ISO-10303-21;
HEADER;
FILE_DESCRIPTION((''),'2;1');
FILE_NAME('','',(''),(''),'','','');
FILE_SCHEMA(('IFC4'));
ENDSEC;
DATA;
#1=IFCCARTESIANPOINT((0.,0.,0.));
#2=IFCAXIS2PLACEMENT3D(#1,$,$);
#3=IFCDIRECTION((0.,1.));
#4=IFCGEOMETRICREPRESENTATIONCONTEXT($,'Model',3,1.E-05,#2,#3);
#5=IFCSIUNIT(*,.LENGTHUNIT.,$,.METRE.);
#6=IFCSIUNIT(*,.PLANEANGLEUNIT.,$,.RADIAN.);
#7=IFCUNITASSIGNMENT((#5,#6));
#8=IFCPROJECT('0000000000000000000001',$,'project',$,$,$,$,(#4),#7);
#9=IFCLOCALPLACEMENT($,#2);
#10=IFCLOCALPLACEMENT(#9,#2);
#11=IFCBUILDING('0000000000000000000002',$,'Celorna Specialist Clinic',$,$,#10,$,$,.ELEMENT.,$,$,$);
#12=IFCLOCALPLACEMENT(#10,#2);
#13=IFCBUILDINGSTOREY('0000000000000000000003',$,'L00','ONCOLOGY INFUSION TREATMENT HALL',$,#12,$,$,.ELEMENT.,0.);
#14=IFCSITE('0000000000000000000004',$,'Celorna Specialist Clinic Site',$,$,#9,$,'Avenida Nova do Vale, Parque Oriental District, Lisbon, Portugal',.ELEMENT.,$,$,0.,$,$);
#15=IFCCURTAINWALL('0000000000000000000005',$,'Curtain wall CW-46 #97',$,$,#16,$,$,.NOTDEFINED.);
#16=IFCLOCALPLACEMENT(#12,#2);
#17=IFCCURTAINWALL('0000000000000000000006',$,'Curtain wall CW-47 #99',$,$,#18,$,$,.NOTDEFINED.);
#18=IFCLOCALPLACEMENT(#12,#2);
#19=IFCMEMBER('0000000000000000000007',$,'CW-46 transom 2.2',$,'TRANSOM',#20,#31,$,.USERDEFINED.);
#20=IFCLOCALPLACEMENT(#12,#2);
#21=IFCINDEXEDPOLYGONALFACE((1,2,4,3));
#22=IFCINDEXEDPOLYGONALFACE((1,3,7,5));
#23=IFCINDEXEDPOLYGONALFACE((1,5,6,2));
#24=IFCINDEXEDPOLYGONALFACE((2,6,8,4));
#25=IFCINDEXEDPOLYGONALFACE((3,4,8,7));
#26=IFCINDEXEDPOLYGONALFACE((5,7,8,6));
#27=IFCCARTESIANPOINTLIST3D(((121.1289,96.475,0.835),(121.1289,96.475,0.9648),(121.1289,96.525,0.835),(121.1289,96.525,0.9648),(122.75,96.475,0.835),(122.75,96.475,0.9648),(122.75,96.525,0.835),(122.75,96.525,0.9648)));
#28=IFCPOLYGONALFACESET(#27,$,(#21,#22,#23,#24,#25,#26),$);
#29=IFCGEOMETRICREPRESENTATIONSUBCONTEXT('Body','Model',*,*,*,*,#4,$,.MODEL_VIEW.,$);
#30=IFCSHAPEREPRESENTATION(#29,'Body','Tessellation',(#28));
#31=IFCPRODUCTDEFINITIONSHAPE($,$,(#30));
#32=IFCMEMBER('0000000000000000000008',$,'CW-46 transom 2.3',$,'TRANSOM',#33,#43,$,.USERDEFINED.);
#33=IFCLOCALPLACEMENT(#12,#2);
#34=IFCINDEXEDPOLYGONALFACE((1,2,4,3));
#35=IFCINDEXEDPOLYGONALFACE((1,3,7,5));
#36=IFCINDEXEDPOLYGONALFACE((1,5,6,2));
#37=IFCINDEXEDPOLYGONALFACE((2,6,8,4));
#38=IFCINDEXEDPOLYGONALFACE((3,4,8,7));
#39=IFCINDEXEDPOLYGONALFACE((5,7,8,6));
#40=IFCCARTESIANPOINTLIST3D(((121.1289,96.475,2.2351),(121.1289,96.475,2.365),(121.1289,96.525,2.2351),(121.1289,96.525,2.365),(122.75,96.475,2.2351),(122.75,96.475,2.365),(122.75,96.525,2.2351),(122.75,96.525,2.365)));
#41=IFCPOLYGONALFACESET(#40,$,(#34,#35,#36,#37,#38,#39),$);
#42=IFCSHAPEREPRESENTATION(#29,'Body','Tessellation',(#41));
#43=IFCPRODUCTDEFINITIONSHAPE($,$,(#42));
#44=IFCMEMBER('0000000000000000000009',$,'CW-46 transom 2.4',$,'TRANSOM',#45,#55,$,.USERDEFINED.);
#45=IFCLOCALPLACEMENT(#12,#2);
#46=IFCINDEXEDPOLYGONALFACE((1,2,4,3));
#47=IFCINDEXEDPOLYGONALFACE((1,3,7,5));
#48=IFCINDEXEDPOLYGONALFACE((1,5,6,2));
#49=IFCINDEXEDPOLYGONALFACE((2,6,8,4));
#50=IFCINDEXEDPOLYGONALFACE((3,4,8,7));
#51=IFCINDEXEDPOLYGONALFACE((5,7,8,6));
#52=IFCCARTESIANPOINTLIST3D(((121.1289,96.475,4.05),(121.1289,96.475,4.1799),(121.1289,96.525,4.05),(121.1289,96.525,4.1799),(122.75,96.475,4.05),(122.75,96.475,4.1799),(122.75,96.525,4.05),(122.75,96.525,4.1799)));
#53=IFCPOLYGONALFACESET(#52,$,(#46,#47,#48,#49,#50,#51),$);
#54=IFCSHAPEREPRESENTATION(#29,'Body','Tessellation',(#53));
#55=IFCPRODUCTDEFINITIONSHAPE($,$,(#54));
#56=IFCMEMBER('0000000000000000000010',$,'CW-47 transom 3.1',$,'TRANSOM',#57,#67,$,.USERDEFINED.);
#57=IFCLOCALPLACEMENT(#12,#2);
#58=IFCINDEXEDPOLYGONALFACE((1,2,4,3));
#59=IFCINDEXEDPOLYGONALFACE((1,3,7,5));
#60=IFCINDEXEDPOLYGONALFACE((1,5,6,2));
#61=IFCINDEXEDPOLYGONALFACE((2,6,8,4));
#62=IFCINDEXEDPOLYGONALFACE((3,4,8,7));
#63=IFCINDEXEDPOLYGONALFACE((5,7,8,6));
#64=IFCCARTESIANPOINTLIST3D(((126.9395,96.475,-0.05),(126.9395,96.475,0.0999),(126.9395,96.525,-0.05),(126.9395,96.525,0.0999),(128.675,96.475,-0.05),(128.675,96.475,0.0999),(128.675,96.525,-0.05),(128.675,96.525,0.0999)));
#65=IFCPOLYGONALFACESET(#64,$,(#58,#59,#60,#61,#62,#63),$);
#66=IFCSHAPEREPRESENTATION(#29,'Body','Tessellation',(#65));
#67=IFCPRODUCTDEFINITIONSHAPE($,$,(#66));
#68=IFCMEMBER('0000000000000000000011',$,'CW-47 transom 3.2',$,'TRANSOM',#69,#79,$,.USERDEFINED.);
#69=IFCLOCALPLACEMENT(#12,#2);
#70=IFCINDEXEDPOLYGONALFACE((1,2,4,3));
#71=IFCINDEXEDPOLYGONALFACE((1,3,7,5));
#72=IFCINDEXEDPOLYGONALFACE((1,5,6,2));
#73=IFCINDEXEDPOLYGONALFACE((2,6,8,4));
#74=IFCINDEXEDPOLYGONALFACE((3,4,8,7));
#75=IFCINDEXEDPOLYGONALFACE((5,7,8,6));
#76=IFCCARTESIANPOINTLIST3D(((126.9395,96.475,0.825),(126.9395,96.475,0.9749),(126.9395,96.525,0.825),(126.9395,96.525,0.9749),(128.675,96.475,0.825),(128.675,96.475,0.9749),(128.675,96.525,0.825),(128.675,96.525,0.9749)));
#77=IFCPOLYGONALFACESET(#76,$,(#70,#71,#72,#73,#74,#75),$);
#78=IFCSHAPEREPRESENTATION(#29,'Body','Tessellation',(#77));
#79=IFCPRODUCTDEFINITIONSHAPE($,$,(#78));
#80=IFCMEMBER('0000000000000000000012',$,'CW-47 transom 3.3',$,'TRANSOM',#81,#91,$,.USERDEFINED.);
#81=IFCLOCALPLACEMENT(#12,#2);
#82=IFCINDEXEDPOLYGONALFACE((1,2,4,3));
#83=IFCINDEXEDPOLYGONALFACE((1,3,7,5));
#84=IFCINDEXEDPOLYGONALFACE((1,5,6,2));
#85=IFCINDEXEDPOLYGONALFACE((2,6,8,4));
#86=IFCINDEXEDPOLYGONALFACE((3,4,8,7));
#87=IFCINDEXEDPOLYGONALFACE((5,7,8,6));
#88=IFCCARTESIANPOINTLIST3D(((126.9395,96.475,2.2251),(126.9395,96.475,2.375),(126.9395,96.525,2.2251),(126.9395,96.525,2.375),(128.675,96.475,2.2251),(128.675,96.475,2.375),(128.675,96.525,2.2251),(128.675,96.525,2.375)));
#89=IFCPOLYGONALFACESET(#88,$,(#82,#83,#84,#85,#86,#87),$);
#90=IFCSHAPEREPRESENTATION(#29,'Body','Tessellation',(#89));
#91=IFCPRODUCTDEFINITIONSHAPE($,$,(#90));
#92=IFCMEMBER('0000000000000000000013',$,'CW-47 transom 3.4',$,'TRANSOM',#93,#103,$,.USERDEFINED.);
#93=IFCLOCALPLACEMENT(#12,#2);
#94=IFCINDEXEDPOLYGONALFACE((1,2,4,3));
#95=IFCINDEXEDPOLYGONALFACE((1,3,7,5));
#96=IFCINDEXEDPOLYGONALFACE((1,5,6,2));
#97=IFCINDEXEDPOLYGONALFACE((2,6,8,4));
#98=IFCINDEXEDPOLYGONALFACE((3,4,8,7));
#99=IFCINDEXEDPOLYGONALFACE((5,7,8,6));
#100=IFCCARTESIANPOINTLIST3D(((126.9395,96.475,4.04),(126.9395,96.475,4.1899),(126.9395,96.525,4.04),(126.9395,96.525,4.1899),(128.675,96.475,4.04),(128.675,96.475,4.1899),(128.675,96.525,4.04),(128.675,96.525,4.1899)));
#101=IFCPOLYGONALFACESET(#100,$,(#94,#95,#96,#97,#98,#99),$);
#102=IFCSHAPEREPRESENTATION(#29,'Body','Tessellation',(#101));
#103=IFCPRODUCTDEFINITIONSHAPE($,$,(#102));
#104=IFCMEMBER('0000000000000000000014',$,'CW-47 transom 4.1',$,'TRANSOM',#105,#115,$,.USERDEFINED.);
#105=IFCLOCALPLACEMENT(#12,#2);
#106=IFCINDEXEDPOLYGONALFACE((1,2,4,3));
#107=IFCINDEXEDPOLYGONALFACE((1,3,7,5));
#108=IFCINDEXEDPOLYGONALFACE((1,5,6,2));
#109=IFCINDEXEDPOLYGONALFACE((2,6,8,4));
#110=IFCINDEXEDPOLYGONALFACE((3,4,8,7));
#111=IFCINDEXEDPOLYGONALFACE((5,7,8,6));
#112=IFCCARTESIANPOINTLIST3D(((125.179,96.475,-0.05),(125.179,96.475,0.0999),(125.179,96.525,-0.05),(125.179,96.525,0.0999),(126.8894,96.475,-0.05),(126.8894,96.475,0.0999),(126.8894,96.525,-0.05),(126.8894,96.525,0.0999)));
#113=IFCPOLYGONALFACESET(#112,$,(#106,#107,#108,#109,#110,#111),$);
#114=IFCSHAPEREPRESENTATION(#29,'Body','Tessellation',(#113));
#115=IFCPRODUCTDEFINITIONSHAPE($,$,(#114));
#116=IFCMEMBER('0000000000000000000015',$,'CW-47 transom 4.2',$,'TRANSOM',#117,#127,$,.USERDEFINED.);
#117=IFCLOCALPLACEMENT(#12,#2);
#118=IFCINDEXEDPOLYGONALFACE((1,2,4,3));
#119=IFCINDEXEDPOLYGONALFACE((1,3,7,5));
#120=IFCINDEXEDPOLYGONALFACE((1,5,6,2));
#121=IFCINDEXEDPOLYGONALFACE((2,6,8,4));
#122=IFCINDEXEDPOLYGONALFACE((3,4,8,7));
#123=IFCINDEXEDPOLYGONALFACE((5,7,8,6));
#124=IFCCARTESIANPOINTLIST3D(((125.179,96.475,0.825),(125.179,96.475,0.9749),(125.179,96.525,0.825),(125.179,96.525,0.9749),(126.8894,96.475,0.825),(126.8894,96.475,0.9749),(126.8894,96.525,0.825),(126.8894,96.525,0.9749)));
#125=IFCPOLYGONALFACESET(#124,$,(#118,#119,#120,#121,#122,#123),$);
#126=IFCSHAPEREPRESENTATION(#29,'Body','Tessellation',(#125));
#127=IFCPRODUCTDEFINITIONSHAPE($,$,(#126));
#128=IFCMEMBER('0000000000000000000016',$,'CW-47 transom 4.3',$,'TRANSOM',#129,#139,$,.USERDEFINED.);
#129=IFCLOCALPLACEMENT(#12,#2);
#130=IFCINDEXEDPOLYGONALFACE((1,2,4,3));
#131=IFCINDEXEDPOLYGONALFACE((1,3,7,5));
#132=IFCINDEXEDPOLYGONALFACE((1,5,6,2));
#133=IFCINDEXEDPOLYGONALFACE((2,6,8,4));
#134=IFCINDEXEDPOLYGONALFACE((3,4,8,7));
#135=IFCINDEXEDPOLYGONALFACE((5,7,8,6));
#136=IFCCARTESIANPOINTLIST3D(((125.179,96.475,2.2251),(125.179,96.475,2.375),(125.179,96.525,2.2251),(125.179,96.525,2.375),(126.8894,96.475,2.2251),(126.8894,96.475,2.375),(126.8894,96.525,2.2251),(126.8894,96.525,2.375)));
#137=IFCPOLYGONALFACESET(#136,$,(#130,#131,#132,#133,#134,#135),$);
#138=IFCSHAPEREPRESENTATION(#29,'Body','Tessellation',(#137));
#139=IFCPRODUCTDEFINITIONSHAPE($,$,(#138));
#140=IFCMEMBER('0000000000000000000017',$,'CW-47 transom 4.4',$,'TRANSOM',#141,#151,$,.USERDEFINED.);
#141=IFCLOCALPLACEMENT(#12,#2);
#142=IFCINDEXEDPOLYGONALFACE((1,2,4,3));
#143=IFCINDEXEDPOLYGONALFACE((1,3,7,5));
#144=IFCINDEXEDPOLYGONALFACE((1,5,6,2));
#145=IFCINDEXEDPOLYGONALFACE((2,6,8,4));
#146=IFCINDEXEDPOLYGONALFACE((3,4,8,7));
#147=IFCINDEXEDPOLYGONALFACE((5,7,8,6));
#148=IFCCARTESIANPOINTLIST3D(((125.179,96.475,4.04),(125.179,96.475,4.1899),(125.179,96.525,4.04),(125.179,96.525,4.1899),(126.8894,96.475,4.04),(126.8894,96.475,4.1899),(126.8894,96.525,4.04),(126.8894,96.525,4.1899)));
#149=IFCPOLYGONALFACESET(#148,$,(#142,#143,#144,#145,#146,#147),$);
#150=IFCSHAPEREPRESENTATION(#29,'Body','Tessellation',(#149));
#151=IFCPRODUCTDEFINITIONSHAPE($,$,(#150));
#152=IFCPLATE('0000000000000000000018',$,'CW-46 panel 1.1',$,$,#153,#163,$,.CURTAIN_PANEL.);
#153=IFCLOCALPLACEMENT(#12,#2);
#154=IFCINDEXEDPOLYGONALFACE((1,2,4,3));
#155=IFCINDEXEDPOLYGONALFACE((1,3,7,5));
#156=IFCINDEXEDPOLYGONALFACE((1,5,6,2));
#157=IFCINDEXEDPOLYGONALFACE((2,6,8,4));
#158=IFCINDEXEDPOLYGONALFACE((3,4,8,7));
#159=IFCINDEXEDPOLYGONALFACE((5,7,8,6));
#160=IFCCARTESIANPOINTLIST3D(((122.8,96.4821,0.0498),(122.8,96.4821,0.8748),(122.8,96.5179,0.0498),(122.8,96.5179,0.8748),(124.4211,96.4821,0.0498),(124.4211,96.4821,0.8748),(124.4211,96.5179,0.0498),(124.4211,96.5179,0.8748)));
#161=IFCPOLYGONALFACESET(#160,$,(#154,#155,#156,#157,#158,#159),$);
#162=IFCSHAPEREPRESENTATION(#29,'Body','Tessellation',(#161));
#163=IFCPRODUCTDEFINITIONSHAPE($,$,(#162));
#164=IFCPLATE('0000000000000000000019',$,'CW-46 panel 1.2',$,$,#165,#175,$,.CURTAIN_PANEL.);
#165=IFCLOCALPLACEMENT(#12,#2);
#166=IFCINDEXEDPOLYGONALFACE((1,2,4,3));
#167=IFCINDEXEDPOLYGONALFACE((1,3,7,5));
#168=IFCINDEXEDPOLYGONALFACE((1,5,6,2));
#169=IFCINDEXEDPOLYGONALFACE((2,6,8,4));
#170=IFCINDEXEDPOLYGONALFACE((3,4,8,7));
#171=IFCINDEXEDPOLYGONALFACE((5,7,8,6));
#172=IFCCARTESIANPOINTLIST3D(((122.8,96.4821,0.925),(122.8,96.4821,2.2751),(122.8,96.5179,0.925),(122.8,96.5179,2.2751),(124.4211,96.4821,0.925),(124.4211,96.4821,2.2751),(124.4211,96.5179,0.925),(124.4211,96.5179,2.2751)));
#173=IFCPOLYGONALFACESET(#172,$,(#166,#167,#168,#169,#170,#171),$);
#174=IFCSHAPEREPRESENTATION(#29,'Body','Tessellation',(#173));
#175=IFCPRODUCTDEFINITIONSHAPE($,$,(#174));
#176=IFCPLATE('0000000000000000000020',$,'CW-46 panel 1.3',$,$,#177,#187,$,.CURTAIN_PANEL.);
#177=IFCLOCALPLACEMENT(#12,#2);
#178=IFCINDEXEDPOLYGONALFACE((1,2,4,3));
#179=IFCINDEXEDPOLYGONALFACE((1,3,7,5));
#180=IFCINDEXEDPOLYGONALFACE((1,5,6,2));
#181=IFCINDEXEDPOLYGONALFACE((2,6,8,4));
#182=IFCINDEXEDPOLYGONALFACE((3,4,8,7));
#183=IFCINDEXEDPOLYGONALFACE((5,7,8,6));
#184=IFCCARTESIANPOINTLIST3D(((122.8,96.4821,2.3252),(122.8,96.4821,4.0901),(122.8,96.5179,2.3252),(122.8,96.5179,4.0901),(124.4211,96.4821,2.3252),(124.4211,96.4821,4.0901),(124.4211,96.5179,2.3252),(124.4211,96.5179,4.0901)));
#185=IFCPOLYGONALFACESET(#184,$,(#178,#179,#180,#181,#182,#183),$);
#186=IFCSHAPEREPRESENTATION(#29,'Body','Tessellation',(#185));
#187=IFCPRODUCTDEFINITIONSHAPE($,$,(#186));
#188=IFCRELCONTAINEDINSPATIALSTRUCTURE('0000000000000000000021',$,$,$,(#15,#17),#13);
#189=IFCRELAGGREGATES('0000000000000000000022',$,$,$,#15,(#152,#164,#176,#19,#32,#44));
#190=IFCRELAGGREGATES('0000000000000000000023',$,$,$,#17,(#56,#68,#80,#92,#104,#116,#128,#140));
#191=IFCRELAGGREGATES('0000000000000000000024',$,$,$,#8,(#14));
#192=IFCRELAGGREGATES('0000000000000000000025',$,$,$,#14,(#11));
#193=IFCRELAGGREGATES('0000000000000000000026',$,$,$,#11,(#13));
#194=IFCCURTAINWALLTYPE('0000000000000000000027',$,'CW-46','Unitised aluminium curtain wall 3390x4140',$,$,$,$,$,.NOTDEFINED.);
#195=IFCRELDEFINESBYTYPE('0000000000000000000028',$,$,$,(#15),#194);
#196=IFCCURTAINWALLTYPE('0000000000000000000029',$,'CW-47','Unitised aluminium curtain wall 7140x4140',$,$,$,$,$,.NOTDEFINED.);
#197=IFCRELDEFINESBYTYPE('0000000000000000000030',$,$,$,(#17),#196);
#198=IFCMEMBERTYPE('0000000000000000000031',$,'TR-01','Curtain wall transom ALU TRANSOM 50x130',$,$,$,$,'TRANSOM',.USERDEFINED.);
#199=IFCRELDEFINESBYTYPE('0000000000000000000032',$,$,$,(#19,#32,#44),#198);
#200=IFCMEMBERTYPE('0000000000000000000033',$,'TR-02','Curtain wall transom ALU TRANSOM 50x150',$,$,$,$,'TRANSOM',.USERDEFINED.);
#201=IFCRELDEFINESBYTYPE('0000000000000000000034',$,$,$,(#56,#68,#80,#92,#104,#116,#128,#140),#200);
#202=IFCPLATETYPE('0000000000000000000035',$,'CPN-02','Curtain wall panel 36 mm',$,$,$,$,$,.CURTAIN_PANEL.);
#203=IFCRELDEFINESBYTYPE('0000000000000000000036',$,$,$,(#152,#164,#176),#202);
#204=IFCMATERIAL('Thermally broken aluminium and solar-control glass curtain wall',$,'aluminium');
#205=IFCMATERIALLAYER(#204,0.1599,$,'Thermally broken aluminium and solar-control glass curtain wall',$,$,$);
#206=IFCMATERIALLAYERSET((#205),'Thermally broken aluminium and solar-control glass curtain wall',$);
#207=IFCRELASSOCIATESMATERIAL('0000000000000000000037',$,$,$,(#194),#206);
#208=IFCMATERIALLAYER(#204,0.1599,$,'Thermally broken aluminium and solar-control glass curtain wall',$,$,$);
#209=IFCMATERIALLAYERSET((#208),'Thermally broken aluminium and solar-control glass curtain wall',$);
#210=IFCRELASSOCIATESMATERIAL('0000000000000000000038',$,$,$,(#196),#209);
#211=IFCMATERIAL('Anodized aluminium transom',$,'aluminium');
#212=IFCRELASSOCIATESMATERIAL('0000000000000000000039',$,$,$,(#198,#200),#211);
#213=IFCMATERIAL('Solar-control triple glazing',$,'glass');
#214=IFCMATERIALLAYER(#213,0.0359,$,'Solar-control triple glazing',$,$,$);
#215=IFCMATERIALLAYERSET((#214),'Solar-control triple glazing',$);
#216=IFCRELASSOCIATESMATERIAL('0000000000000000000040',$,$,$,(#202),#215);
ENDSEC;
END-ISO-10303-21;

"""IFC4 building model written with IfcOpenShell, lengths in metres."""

from ifc_helpers import new_model, si_unit, direction, frame, origin, origin_2d, place, context, subcontext, project, spatial, rectangle, extrude, material, layer, layer_set, material_profile, profile_set, type_object, element, aggregate, save


model = new_model("IFC4")

# Units and contexts
model_context = context("Model", 3, precision=1e-05, world=origin(), true_north=direction((0.0, 1.0)))
body_context = subcontext(model_context, "Body", "Model", "MODEL_VIEW")
ifc_project = project(units=[si_unit("LENGTHUNIT", "METRE"), si_unit("PLANEANGLEUNIT", "RADIAN")], contexts=[model_context])

# Site, building, storey
site_placement = place(None, origin())
site = spatial("IfcSite", under=ifc_project, at=site_placement, Name="Celorna Specialist Clinic Site", LongName="Avenida Nova do Vale, Parque Oriental District, Lisbon, Portugal", CompositionType="ELEMENT", RefElevation=0.0)
building_placement = place(site_placement, origin())
building = spatial("IfcBuilding", under=site, at=building_placement, Name="Celorna Specialist Clinic", CompositionType="ELEMENT")
storey_placement = place(building_placement, origin())
storey = spatial("IfcBuildingStorey", under=building, at=storey_placement, Name="L00", Description="ONCOLOGY INFUSION TREATMENT HALL", CompositionType="ELEMENT", Elevation=0.0)

# Curtain walls
ifc_material_1 = material(Name="Thermally broken aluminium and solar-control glass curtain wall", Category="aluminium")
ifc_layer_1 = layer(ifc_material_1, 0.1599, Name="Thermally broken aluminium and solar-control glass curtain wall")
ifc_layer_set_1 = layer_set([ifc_layer_1], Name="Thermally broken aluminium and solar-control glass curtain wall")
curtain_wall_type_1 = type_object("IfcCurtainWallType", Name="CW-46", Description="Unitised aluminium curtain wall 3390x4140", PredefinedType="NOTDEFINED", material=ifc_layer_set_1)
curtain_wall_1_placement = place(storey_placement, origin())
curtain_wall_1 = element("IfcCurtainWall", 1, at=curtain_wall_1_placement, inside=storey, type_object=curtain_wall_type_1, Name="Curtain wall CW-46 #97", PredefinedType="NOTDEFINED")
ifc_layer_2 = layer(ifc_material_1, 0.1599, Name="Thermally broken aluminium and solar-control glass curtain wall")
ifc_layer_set_2 = layer_set([ifc_layer_2], Name="Thermally broken aluminium and solar-control glass curtain wall")
curtain_wall_type_2 = type_object("IfcCurtainWallType", Name="CW-47", Description="Unitised aluminium curtain wall 7140x4140", PredefinedType="NOTDEFINED", material=ifc_layer_set_2)
curtain_wall_2_placement = place(storey_placement, origin())
curtain_wall_2 = element("IfcCurtainWall", 2, at=curtain_wall_2_placement, inside=storey, type_object=curtain_wall_type_2, Name="Curtain wall CW-47 #99", PredefinedType="NOTDEFINED")

# Members
ifc_material_2 = material(Name="Anodized aluminium transom", Category="aluminium")
ifc_material_profile_1 = material_profile(ifc_material_2, rectangle(XDim=0.05, YDim=0.1299, at=origin_2d()), Name="ALU TRANSOM 50x130")
ifc_profile_set_1 = profile_set([ifc_material_profile_1], Name="Anodized aluminium transom")
member_type_1 = type_object("IfcMemberType", Name="TR-01", Description="Curtain wall transom ALU TRANSOM 50x130", ElementType="TRANSOM", PredefinedType="USERDEFINED", material=ifc_profile_set_1)
member_1_placement = place(storey_placement, frame((122.75, 96.5, 0.8999), z_axis=(-1.0, 0.0, 0.0), x_axis=(0.0, -1.0, 0.0)))
member_1 = element("IfcMember", 3, at=member_1_placement, type_object=member_type_1, Name="CW-46 transom 2.2", ObjectType="TRANSOM", PredefinedType="USERDEFINED", context=body_context, shape_type="SweptSolid", body=[
    extrude(rectangle(XDim=0.05, YDim=0.1299, at=origin_2d()), origin(), (0.0, 0.0, 1.0), 1.6211),
])
member_2_placement = place(storey_placement, frame((122.75, 96.5, 2.3), z_axis=(-1.0, 0.0, 0.0), x_axis=(0.0, -1.0, 0.0)))
member_2 = element("IfcMember", 4, at=member_2_placement, type_object=member_type_1, Name="CW-46 transom 2.3", ObjectType="TRANSOM", PredefinedType="USERDEFINED", context=body_context, shape_type="SweptSolid", body=[
    extrude(rectangle(XDim=0.05, YDim=0.1299, at=origin_2d()), origin(), (0.0, 0.0, 1.0), 1.6211),
])
member_3_placement = place(storey_placement, frame((122.75, 96.5, 4.115), z_axis=(-1.0, 0.0, 0.0), x_axis=(0.0, -1.0, 0.0)))
member_3 = element("IfcMember", 5, at=member_3_placement, type_object=member_type_1, Name="CW-46 transom 2.4", ObjectType="TRANSOM", PredefinedType="USERDEFINED", context=body_context, shape_type="SweptSolid", body=[
    extrude(rectangle(XDim=0.05, YDim=0.1299, at=origin_2d()), origin(), (0.0, 0.0, 1.0), 1.6211),
])
ifc_material_profile_2 = material_profile(ifc_material_2, rectangle(XDim=0.05, YDim=0.1499, at=origin_2d()), Name="ALU TRANSOM 50x150")
ifc_profile_set_2 = profile_set([ifc_material_profile_2], Name="Anodized aluminium transom")
member_type_2 = type_object("IfcMemberType", Name="TR-02", Description="Curtain wall transom ALU TRANSOM 50x150", ElementType="TRANSOM", PredefinedType="USERDEFINED", material=ifc_profile_set_2)
member_4_placement = place(storey_placement, frame((128.675, 96.5, 0.0249), z_axis=(-1.0, 0.0, 0.0), x_axis=(0.0, -1.0, 0.0)))
member_4 = element("IfcMember", 6, at=member_4_placement, type_object=member_type_2, Name="CW-47 transom 3.1", ObjectType="TRANSOM", PredefinedType="USERDEFINED", context=body_context, shape_type="SweptSolid", body=[
    extrude(rectangle(XDim=0.05, YDim=0.1499, at=origin_2d()), origin(), (0.0, 0.0, 1.0), 1.7356),
])
member_5_placement = place(storey_placement, frame((128.675, 96.5, 0.8999), z_axis=(-1.0, 0.0, 0.0), x_axis=(0.0, -1.0, 0.0)))
member_5 = element("IfcMember", 7, at=member_5_placement, type_object=member_type_2, Name="CW-47 transom 3.2", ObjectType="TRANSOM", PredefinedType="USERDEFINED", context=body_context, shape_type="SweptSolid", body=[
    extrude(rectangle(XDim=0.05, YDim=0.1499, at=origin_2d()), origin(), (0.0, 0.0, 1.0), 1.7356),
])
member_6_placement = place(storey_placement, frame((128.675, 96.5, 2.3), z_axis=(-1.0, 0.0, 0.0), x_axis=(0.0, -1.0, 0.0)))
member_6 = element("IfcMember", 8, at=member_6_placement, type_object=member_type_2, Name="CW-47 transom 3.3", ObjectType="TRANSOM", PredefinedType="USERDEFINED", context=body_context, shape_type="SweptSolid", body=[
    extrude(rectangle(XDim=0.05, YDim=0.1499, at=origin_2d()), origin(), (0.0, 0.0, 1.0), 1.7356),
])
member_7_placement = place(storey_placement, frame((128.675, 96.5, 4.115), z_axis=(-1.0, 0.0, 0.0), x_axis=(0.0, -1.0, 0.0)))
member_7 = element("IfcMember", 9, at=member_7_placement, type_object=member_type_2, Name="CW-47 transom 3.4", ObjectType="TRANSOM", PredefinedType="USERDEFINED", context=body_context, shape_type="SweptSolid", body=[
    extrude(rectangle(XDim=0.05, YDim=0.1499, at=origin_2d()), origin(), (0.0, 0.0, 1.0), 1.7356),
])
member_8_placement = place(storey_placement, frame((126.8894, 96.5, 0.0249), z_axis=(-1.0, 0.0, 0.0), x_axis=(0.0, -1.0, 0.0)))
member_8 = element("IfcMember", 10, at=member_8_placement, type_object=member_type_2, Name="CW-47 transom 4.1", ObjectType="TRANSOM", PredefinedType="USERDEFINED", context=body_context, shape_type="SweptSolid", body=[
    extrude(rectangle(XDim=0.05, YDim=0.1499, at=origin_2d()), origin(), (0.0, 0.0, 1.0), 1.7104),
])
member_9_placement = place(storey_placement, frame((126.8894, 96.5, 0.8999), z_axis=(-1.0, 0.0, 0.0), x_axis=(0.0, -1.0, 0.0)))
member_9 = element("IfcMember", 11, at=member_9_placement, type_object=member_type_2, Name="CW-47 transom 4.2", ObjectType="TRANSOM", PredefinedType="USERDEFINED", context=body_context, shape_type="SweptSolid", body=[
    extrude(rectangle(XDim=0.05, YDim=0.1499, at=origin_2d()), origin(), (0.0, 0.0, 1.0), 1.7104),
])
member_10_placement = place(storey_placement, frame((126.8894, 96.5, 2.3), z_axis=(-1.0, 0.0, 0.0), x_axis=(0.0, -1.0, 0.0)))
member_10 = element("IfcMember", 12, at=member_10_placement, type_object=member_type_2, Name="CW-47 transom 4.3", ObjectType="TRANSOM", PredefinedType="USERDEFINED", context=body_context, shape_type="SweptSolid", body=[
    extrude(rectangle(XDim=0.05, YDim=0.1499, at=origin_2d()), origin(), (0.0, 0.0, 1.0), 1.7104),
])
member_11_placement = place(storey_placement, frame((126.8894, 96.5, 4.115), z_axis=(-1.0, 0.0, 0.0), x_axis=(0.0, -1.0, 0.0)))
member_11 = element("IfcMember", 13, at=member_11_placement, type_object=member_type_2, Name="CW-47 transom 4.4", ObjectType="TRANSOM", PredefinedType="USERDEFINED", context=body_context, shape_type="SweptSolid", body=[
    extrude(rectangle(XDim=0.05, YDim=0.1499, at=origin_2d()), origin(), (0.0, 0.0, 1.0), 1.7104),
])

# Plates
ifc_material_3 = material(Name="Solar-control triple glazing", Category="glass")
ifc_layer_3 = layer(ifc_material_3, 0.0359, Name="Solar-control triple glazing")
ifc_layer_set_3 = layer_set([ifc_layer_3], Name="Solar-control triple glazing")
plate_type_1 = type_object("IfcPlateType", Name="CPN-02", Description="Curtain wall panel 36 mm", PredefinedType="CURTAIN_PANEL", material=ifc_layer_set_3)
plate_1_placement = place(storey_placement, frame((123.6106, 96.5, 0.0498), z_axis=(0.0, 0.0, 1.0), x_axis=(-1.0, 0.0, 0.0)))
plate_1 = element("IfcPlate", 14, at=plate_1_placement, type_object=plate_type_1, Name="CW-46 panel 1.1", PredefinedType="CURTAIN_PANEL", context=body_context, shape_type="SweptSolid", body=[
    extrude(rectangle(XDim=1.6211, YDim=0.0359, at=origin_2d()), origin(), (0.0, 0.0, 1.0), 0.825),
])
plate_2_placement = place(storey_placement, frame((123.6106, 96.5, 0.925), z_axis=(0.0, 0.0, 1.0), x_axis=(-1.0, 0.0, 0.0)))
plate_2 = element("IfcPlate", 15, at=plate_2_placement, type_object=plate_type_1, Name="CW-46 panel 1.2", PredefinedType="CURTAIN_PANEL", context=body_context, shape_type="SweptSolid", body=[
    extrude(rectangle(XDim=1.6211, YDim=0.0359, at=origin_2d()), origin(), (0.0, 0.0, 1.0), 1.3501),
])
plate_3_placement = place(storey_placement, frame((123.6106, 96.5, 2.3252), z_axis=(0.0, 0.0, 1.0), x_axis=(-1.0, 0.0, 0.0)))
plate_3 = element("IfcPlate", 16, at=plate_3_placement, type_object=plate_type_1, Name="CW-46 panel 1.3", PredefinedType="CURTAIN_PANEL", context=body_context, shape_type="SweptSolid", body=[
    extrude(rectangle(XDim=1.6211, YDim=0.0359, at=origin_2d()), origin(), (0.0, 0.0, 1.0), 1.7649),
])
aggregate(curtain_wall_1, [plate_1, plate_2, plate_3, member_1, member_2, member_3])
aggregate(curtain_wall_2, [member_4, member_5, member_6, member_7, member_8, member_9, member_10, member_11])

save(model, "model.ifc")
